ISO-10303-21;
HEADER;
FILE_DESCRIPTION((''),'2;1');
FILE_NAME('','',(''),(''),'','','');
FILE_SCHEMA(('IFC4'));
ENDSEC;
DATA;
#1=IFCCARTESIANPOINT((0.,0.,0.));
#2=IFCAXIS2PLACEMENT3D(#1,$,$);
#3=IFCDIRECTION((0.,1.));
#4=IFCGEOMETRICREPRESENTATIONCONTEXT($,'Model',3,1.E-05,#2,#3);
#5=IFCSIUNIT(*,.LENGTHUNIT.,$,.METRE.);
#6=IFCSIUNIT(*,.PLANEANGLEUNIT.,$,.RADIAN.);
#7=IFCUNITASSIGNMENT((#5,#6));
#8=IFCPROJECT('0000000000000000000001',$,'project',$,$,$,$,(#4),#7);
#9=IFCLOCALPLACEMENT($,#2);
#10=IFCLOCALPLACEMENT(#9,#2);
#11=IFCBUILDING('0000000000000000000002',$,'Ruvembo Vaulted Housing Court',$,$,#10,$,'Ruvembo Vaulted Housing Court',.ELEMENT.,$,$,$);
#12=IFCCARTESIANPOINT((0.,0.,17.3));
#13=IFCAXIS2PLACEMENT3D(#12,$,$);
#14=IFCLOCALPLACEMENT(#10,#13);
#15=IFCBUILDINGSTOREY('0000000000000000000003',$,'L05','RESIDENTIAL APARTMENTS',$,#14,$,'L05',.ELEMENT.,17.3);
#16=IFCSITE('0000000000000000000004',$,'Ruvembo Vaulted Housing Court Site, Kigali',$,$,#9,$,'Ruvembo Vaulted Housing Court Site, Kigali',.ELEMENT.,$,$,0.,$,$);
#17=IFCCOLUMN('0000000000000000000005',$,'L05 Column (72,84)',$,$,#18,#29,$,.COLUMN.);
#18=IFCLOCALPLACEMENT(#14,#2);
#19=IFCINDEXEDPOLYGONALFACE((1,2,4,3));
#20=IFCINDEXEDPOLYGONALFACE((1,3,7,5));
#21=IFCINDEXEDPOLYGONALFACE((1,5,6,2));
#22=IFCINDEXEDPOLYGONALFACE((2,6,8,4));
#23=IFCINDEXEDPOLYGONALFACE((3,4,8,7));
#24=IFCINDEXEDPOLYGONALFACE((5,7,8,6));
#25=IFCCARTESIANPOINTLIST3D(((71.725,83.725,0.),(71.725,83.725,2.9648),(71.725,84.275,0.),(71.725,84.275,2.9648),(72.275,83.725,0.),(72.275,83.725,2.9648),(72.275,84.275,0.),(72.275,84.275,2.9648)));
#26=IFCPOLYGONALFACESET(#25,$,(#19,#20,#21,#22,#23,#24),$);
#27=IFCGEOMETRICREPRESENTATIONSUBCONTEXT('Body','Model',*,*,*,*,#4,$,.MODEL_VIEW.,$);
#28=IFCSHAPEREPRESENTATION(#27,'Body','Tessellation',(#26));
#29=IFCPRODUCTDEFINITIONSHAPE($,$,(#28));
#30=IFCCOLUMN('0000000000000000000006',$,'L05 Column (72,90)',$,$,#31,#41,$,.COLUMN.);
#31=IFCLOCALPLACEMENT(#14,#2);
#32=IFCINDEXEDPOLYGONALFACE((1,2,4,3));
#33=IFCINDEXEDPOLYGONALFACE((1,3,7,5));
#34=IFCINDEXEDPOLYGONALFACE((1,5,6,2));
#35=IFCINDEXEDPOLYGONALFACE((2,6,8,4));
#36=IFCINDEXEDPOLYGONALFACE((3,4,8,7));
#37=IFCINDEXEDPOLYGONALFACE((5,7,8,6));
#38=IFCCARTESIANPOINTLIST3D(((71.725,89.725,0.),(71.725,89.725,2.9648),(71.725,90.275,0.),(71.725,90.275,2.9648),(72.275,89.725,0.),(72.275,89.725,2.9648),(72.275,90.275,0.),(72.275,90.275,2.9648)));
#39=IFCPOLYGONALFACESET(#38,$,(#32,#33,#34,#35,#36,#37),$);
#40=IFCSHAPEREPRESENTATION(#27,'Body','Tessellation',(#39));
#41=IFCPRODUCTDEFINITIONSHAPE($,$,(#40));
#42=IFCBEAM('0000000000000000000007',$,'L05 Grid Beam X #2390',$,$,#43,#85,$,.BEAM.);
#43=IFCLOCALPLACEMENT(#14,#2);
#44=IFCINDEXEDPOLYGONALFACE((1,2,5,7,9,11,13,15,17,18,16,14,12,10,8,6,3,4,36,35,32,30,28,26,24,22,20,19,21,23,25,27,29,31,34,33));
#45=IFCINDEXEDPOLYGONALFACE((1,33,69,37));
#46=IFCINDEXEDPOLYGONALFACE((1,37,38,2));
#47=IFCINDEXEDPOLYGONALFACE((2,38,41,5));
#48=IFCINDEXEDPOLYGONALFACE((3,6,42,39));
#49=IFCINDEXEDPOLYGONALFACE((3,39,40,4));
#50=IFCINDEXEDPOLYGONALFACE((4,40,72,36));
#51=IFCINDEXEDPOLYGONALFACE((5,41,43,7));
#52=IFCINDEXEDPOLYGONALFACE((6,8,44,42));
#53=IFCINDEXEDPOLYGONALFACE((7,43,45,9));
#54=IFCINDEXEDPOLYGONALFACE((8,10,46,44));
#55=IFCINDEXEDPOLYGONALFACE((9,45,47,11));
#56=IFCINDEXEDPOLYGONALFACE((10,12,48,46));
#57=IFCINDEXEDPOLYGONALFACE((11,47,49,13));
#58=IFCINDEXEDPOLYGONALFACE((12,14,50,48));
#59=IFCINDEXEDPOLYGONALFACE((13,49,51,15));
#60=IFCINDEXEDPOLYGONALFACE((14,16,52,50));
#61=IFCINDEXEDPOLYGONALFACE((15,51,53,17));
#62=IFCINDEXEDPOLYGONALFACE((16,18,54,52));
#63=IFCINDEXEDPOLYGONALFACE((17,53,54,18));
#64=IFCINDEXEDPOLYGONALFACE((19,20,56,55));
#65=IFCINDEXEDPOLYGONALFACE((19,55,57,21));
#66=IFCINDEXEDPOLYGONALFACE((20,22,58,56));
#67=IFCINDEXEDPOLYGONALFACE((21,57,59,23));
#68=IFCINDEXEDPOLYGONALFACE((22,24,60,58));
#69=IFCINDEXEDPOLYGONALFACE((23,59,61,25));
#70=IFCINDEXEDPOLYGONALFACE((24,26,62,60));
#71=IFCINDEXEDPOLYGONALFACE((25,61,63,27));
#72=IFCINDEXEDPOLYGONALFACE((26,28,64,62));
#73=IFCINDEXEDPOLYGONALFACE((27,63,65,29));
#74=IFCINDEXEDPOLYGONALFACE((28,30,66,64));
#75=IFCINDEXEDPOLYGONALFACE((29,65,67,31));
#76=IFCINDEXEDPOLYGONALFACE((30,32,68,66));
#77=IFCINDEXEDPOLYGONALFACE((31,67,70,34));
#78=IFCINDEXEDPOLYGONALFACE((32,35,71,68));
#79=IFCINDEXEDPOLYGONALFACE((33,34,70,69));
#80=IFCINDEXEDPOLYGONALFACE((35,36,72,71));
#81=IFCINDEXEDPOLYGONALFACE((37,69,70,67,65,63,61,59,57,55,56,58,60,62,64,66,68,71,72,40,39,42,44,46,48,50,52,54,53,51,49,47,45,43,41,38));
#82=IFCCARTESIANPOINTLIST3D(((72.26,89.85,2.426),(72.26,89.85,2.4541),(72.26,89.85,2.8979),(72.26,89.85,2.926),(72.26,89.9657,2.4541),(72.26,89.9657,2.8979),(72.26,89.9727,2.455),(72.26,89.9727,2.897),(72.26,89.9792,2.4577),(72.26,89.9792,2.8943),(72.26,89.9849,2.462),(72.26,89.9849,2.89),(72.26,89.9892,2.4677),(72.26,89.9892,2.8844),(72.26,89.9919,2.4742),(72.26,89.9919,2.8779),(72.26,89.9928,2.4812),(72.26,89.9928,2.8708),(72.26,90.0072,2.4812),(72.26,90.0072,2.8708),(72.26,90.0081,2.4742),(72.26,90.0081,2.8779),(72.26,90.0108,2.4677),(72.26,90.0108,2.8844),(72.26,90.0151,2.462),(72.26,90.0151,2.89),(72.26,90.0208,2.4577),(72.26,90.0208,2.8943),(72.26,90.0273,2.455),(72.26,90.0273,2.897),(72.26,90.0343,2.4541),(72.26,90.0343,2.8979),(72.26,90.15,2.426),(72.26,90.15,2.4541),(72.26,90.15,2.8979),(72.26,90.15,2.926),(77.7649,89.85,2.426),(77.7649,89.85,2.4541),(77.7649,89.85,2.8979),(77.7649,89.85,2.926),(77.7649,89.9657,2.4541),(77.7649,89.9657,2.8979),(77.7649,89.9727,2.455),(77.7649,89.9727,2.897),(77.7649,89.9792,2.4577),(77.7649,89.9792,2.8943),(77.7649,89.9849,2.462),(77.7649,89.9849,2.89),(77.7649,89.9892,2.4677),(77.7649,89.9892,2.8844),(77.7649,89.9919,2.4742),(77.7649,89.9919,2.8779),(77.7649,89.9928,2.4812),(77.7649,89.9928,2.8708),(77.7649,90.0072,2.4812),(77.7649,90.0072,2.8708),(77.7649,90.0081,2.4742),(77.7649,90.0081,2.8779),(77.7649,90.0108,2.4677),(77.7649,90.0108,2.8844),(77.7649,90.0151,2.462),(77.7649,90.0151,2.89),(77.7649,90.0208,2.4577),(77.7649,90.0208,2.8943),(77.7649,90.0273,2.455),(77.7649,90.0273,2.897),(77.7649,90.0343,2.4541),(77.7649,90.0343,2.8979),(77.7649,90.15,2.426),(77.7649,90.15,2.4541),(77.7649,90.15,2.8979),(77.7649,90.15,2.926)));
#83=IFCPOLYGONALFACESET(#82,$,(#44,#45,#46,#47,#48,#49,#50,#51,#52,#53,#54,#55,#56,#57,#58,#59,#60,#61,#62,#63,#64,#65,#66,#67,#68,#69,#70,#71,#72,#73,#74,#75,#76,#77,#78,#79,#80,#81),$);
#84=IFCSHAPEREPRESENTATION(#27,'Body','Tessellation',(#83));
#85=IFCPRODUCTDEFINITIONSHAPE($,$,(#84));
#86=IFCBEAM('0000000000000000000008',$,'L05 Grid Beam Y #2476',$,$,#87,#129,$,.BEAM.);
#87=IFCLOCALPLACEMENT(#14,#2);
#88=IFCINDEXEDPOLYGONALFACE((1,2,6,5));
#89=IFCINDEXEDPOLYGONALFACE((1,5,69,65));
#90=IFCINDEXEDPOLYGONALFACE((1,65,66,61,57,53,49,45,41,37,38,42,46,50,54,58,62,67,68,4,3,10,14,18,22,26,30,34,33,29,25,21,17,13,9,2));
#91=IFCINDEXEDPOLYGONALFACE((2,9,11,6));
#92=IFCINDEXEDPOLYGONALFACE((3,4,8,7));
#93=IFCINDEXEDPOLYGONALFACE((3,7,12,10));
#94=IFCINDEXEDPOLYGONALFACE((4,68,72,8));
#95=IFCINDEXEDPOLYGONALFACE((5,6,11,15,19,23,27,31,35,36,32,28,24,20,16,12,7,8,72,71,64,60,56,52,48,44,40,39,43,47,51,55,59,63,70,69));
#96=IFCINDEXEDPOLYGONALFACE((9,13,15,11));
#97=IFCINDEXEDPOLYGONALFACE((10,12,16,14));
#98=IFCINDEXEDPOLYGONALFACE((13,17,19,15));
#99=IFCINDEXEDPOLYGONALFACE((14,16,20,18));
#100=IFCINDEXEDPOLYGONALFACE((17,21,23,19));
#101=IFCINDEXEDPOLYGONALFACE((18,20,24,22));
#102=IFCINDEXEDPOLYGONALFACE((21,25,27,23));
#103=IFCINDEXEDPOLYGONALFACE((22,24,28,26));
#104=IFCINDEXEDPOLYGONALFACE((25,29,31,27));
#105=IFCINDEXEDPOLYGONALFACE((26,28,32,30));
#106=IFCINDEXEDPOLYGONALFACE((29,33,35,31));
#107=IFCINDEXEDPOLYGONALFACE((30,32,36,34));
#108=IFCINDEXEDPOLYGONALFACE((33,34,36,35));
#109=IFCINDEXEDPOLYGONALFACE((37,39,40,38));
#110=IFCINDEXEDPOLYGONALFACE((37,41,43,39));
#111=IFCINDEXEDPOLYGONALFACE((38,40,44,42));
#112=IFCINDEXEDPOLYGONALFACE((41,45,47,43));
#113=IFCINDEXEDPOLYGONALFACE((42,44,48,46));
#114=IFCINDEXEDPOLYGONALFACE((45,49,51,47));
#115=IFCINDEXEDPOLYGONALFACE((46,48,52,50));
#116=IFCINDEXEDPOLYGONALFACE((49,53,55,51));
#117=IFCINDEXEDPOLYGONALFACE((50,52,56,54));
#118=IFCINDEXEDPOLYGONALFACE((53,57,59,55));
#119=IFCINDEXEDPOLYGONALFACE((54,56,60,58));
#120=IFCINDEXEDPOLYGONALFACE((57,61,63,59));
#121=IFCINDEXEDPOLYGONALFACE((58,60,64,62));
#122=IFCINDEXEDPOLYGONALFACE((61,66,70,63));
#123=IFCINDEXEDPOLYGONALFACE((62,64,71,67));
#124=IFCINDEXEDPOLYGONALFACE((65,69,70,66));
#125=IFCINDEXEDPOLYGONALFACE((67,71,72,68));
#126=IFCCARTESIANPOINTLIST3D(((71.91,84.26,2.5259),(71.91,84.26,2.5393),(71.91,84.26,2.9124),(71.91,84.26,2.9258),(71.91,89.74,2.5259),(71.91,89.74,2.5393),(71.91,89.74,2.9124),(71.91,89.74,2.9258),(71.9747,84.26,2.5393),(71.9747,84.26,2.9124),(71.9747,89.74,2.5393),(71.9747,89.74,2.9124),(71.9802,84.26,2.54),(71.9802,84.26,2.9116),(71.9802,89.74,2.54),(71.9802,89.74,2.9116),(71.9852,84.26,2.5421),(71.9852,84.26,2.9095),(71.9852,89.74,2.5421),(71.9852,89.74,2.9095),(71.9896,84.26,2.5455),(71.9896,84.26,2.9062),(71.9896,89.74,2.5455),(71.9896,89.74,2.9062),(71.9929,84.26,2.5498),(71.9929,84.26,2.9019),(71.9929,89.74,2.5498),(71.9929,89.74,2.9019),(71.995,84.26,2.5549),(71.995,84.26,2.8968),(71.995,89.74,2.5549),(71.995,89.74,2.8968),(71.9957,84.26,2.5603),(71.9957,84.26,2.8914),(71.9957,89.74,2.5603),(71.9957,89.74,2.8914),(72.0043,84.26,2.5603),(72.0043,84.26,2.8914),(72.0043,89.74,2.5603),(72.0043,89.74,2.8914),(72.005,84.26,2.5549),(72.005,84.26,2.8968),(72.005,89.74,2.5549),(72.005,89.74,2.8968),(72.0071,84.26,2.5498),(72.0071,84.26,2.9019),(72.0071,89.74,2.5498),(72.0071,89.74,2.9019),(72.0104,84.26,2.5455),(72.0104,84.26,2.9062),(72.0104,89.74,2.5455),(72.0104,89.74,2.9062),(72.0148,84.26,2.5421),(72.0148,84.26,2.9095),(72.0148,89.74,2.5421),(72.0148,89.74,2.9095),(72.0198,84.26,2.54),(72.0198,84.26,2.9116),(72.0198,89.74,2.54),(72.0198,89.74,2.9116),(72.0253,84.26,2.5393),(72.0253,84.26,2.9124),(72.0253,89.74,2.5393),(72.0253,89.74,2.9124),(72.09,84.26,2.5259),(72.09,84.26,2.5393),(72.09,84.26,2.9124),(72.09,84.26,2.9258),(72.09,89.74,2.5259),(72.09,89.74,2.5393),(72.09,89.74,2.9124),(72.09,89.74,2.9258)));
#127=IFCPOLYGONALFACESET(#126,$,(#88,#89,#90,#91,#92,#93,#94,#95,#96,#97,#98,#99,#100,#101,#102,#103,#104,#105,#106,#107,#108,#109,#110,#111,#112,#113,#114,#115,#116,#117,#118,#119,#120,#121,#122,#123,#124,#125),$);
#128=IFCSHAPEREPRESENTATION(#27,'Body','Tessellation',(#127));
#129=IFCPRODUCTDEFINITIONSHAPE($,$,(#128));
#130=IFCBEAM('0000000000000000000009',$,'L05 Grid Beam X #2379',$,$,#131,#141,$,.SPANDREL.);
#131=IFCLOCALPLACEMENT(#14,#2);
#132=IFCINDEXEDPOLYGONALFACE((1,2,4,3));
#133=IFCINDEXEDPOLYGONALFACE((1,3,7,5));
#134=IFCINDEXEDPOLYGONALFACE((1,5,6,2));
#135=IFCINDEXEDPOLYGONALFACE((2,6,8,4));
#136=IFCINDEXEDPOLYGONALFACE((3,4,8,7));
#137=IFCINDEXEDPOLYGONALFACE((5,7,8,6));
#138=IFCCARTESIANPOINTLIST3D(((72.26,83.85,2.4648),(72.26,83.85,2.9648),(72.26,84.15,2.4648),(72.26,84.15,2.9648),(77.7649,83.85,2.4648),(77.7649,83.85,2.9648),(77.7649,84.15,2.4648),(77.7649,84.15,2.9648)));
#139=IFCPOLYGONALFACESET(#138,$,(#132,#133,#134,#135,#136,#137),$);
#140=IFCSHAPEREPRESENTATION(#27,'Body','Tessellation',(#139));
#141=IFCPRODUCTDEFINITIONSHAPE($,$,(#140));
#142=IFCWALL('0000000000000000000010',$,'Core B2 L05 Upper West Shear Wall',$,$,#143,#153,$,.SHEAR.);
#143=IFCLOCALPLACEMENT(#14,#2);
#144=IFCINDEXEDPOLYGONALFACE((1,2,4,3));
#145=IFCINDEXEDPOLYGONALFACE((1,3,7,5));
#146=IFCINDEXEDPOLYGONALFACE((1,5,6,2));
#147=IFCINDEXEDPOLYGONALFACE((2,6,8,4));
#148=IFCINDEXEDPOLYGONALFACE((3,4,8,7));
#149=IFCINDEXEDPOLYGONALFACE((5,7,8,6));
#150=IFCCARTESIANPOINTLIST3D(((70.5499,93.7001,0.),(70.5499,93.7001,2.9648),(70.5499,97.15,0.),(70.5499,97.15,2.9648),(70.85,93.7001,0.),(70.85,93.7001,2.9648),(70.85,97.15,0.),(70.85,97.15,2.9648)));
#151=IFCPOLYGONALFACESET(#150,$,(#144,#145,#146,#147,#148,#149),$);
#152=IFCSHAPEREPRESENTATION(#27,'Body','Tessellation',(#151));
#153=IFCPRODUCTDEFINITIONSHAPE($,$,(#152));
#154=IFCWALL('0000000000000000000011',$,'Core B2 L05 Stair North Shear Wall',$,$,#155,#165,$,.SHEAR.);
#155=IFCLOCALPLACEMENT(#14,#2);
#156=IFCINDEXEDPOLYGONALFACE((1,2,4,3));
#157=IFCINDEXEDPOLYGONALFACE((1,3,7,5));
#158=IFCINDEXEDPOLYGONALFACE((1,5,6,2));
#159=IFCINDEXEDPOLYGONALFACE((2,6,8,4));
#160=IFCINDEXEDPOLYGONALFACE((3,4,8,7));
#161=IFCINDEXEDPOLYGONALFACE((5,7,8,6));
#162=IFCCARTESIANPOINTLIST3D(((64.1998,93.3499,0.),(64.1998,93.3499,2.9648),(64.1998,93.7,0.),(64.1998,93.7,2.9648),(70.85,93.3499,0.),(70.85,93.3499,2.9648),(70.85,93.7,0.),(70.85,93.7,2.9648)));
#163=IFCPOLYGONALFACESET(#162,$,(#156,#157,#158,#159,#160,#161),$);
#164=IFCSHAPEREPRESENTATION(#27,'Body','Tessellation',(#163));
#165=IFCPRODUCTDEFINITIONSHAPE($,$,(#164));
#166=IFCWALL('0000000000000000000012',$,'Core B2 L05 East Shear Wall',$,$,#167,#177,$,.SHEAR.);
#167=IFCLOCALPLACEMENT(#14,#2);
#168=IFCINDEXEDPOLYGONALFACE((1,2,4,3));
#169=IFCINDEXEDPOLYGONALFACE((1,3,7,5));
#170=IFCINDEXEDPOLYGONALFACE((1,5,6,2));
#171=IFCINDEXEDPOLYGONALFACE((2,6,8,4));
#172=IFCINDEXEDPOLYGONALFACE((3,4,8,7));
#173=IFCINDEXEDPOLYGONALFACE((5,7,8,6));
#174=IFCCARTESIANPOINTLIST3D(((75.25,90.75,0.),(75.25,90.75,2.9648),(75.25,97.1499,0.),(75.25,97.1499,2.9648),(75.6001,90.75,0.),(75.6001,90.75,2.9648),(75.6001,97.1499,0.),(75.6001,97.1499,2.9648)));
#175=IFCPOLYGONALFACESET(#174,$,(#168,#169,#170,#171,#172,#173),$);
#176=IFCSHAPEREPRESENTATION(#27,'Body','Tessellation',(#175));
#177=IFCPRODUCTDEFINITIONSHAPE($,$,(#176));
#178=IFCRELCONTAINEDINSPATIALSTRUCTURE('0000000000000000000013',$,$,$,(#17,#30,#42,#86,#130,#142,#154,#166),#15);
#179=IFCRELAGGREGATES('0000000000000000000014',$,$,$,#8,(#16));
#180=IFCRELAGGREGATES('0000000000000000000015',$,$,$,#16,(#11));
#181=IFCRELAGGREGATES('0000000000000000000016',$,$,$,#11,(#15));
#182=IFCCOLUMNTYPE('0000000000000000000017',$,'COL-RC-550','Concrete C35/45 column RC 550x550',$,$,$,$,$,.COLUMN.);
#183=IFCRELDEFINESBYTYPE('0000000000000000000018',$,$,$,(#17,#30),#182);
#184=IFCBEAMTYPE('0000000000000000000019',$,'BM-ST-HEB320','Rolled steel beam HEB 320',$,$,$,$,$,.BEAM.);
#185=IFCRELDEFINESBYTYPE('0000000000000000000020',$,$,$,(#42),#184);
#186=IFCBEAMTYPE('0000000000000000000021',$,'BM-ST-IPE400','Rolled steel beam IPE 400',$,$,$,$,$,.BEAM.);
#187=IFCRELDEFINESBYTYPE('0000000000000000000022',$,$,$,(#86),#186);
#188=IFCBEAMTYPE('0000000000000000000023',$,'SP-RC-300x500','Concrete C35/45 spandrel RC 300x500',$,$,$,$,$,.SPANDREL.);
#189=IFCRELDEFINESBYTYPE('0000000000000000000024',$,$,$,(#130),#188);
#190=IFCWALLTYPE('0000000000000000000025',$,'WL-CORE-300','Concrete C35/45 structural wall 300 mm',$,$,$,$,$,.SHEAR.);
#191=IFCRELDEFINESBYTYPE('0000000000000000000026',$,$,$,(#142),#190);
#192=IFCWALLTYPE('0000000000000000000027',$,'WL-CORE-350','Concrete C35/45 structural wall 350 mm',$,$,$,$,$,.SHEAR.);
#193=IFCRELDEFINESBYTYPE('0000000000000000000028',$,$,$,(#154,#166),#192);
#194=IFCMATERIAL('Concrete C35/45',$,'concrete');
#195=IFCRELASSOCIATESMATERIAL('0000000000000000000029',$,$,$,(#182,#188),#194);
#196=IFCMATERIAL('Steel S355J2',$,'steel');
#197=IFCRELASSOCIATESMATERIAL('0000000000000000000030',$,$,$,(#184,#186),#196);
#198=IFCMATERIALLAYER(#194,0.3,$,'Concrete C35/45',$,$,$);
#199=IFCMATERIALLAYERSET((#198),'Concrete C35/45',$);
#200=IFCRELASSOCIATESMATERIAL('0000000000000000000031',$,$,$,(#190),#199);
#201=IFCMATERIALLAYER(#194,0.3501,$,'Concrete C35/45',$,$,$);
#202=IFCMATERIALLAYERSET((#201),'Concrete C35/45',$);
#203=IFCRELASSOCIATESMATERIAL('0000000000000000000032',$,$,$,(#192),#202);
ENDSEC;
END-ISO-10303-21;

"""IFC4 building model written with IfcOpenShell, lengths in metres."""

from ifc_helpers import new_model, si_unit, direction, frame, frame_2d, origin, origin_2d, place, context, subcontext, project, spatial, rectangle, i_section, extrude, material, layer, layer_set, material_profile, profile_set, type_object, element, save


model = new_model("IFC4")

# Units and contexts
model_context = context("Model", 3, precision=1e-05, world=origin(), true_north=direction((0.0, 1.0)))
body_context = subcontext(model_context, "Body", "Model", "MODEL_VIEW")
ifc_project = project(units=[si_unit("LENGTHUNIT", "METRE"), si_unit("PLANEANGLEUNIT", "RADIAN")], contexts=[model_context])

# Site, building, storey
site_placement = place(None, origin())
site = spatial("IfcSite", under=ifc_project, at=site_placement, Name="Ruvembo Vaulted Housing Court Site, Kigali", LongName="Ruvembo Vaulted Housing Court Site, Kigali", CompositionType="ELEMENT", RefElevation=0.0)
building_placement = place(site_placement, origin())
building = spatial("IfcBuilding", under=site, at=building_placement, Name="Ruvembo Vaulted Housing Court", LongName="Ruvembo Vaulted Housing Court", CompositionType="ELEMENT")
storey_placement = place(building_placement, frame((0.0, 0.0, 17.3)))
storey = spatial("IfcBuildingStorey", under=building, at=storey_placement, Name="L05", Description="RESIDENTIAL APARTMENTS", LongName="L05", CompositionType="ELEMENT", Elevation=17.3)

# Columns
ifc_material_1 = material(Name="Concrete C35/45", Category="concrete")
ifc_material_profile_1 = material_profile(ifc_material_1, rectangle(XDim=0.55, YDim=0.55, at=origin_2d()), Name="RC 550x550")
ifc_profile_set_1 = profile_set([ifc_material_profile_1], Name="Concrete C35/45")
column_type = type_object("IfcColumnType", Name="COL-RC-550", Description="Concrete C35/45 column RC 550x550", PredefinedType="COLUMN", material=ifc_profile_set_1)
for number, where, z_axis, x_axis, name in (
    (1, (72.0, 84.0, 0.0), (0.0, 0.0, 1.0), (1.0, 0.0, 0.0), "L05 Column (72,84)"),
    (2, (72.0, 90.0, 0.0), (0.0, 0.0, 1.0), (1.0, 0.0, 0.0), "L05 Column (72,90)"),
):
    element("IfcColumn", number, at=place(storey_placement, frame(where, z_axis=z_axis, x_axis=x_axis)), inside=storey, type_object=column_type, Name=name, PredefinedType="COLUMN", context=body_context, shape_type="SweptSolid", body=[
        extrude(rectangle(XDim=0.55, YDim=0.55, at=origin_2d()), origin(), (0.0, 0.0, 1.0), 2.9648),
    ])

# Beams
ifc_material_2 = material(Name="Steel S355J2", Category="steel")
ifc_material_profile_2 = material_profile(ifc_material_2, i_section(OverallWidth=0.3, OverallDepth=0.5, WebThickness=0.0144, FlangeThickness=0.0281, FilletRadius=0.0271, at=origin_2d()), Name="HEB 320")
ifc_profile_set_2 = profile_set([ifc_material_profile_2], Name="Steel S355J2")
beam_type_1 = type_object("IfcBeamType", Name="BM-ST-HEB320", Description="Rolled steel beam HEB 320", PredefinedType="BEAM", material=ifc_profile_set_2)
beam_1_placement = place(storey_placement, frame((72.26, 90.0, 2.676), z_axis=(1.0, 0.0, 0.0), x_axis=(0.0, 1.0, 0.0)))
element("IfcBeam", 3, at=beam_1_placement, inside=storey, type_object=beam_type_1, Name="L05 Grid Beam X #2390", PredefinedType="BEAM", context=body_context, shape_type="SweptSolid", body=[
    extrude(i_section(OverallWidth=0.3, OverallDepth=0.5, WebThickness=0.0144, FlangeThickness=0.0281, FilletRadius=0.0271, at=origin_2d()), origin(), (0.0, 0.0, 1.0), 5.5049),
])
ifc_material_profile_3 = material_profile(ifc_material_2, i_section(OverallWidth=0.1799, OverallDepth=0.3999, WebThickness=0.0085, FlangeThickness=0.0134, FilletRadius=0.021, at=origin_2d()), Name="IPE 400")
ifc_profile_set_3 = profile_set([ifc_material_profile_3], Name="Steel S355J2")
beam_type_2 = type_object("IfcBeamType", Name="BM-ST-IPE400", Description="Rolled steel beam IPE 400", PredefinedType="BEAM", material=ifc_profile_set_3)
beam_2_placement = place(storey_placement, frame((72.0, 84.26, 2.7258), z_axis=(0.0, 1.0, 0.0), x_axis=(-1.0, 0.0, 0.0)))
element("IfcBeam", 4, at=beam_2_placement, inside=storey, type_object=beam_type_2, Name="L05 Grid Beam Y #2476", PredefinedType="BEAM", context=body_context, shape_type="SweptSolid", body=[
    extrude(i_section(OverallWidth=0.1799, OverallDepth=0.3999, WebThickness=0.0085, FlangeThickness=0.0134, FilletRadius=0.021, at=origin_2d()), origin(), (0.0, 0.0, 1.0), 5.48),
])
ifc_material_profile_4 = material_profile(ifc_material_1, rectangle(XDim=0.3, YDim=0.5, at=origin_2d()), Name="RC 300x500")
ifc_profile_set_4 = profile_set([ifc_material_profile_4], Name="Concrete C35/45")
beam_type_3 = type_object("IfcBeamType", Name="SP-RC-300x500", Description="Concrete C35/45 spandrel RC 300x500", PredefinedType="SPANDREL", material=ifc_profile_set_4)
beam_3_placement = place(storey_placement, frame((72.26, 84.0, 2.7148), z_axis=(1.0, 0.0, 0.0), x_axis=(0.0, 1.0, 0.0)))
element("IfcBeam", 5, at=beam_3_placement, inside=storey, type_object=beam_type_3, Name="L05 Grid Beam X #2379", PredefinedType="SPANDREL", context=body_context, shape_type="SweptSolid", body=[
    extrude(rectangle(XDim=0.3, YDim=0.5, at=origin_2d()), origin(), (0.0, 0.0, 1.0), 5.5049),
])

# Shared definitions
ifc_layer_1 = layer(ifc_material_1, 0.3, Name="Concrete C35/45")
ifc_layer_set_1 = layer_set([ifc_layer_1], Name="Concrete C35/45")
wall_type_1 = type_object("IfcWallType", Name="WL-CORE-300", Description="Concrete C35/45 structural wall 300 mm", PredefinedType="SHEAR", material=ifc_layer_set_1)

# Walls
wall_1_placement = place(storey_placement, frame((70.7, 93.7, 0.0), z_axis=(0.0, 0.0, 1.0), x_axis=(0.0, 1.0, 0.0)))
element("IfcWall", 6, at=wall_1_placement, inside=storey, type_object=wall_type_1, Name="Core B2 L05 Upper West Shear Wall", PredefinedType="SHEAR", context=body_context, shape_type="SweptSolid", body=[
    extrude(rectangle(XDim=3.45, YDim=0.3, at=frame_2d((1.7251, 0.0))), origin(), (0.0, 0.0, 1.0), 2.9648),
])
ifc_layer_2 = layer(ifc_material_1, 0.3501, Name="Concrete C35/45")
ifc_layer_set_2 = layer_set([ifc_layer_2], Name="Concrete C35/45")
wall_type_2 = type_object("IfcWallType", Name="WL-CORE-350", Description="Concrete C35/45 structural wall 350 mm", PredefinedType="SHEAR", material=ifc_layer_set_2)
wall_2_placement = place(storey_placement, frame((70.8501, 93.5249, 0.0), z_axis=(0.0, 0.0, 1.0), x_axis=(-1.0, 0.0, 0.0)))
element("IfcWall", 7, at=wall_2_placement, inside=storey, type_object=wall_type_2, Name="Core B2 L05 Stair North Shear Wall", PredefinedType="SHEAR", context=body_context, shape_type="SweptSolid", body=[
    extrude(rectangle(XDim=6.6501, YDim=0.3501, at=frame_2d((3.3252, 0.0))), origin(), (0.0, 0.0, 1.0), 2.9648),
])
wall_3_placement = place(storey_placement, frame((75.425, 90.75, 0.0), z_axis=(0.0, 0.0, 1.0), x_axis=(0.0, 1.0, 0.0)))
element("IfcWall", 8, at=wall_3_placement, inside=storey, type_object=wall_type_2, Name="Core B2 L05 East Shear Wall", PredefinedType="SHEAR", context=body_context, shape_type="SweptSolid", body=[
    extrude(rectangle(XDim=6.3999, YDim=0.3501, at=frame_2d((3.2, 0.0))), origin(), (0.0, 0.0, 1.0), 2.9648),
])

save(model, "model.ifc")
